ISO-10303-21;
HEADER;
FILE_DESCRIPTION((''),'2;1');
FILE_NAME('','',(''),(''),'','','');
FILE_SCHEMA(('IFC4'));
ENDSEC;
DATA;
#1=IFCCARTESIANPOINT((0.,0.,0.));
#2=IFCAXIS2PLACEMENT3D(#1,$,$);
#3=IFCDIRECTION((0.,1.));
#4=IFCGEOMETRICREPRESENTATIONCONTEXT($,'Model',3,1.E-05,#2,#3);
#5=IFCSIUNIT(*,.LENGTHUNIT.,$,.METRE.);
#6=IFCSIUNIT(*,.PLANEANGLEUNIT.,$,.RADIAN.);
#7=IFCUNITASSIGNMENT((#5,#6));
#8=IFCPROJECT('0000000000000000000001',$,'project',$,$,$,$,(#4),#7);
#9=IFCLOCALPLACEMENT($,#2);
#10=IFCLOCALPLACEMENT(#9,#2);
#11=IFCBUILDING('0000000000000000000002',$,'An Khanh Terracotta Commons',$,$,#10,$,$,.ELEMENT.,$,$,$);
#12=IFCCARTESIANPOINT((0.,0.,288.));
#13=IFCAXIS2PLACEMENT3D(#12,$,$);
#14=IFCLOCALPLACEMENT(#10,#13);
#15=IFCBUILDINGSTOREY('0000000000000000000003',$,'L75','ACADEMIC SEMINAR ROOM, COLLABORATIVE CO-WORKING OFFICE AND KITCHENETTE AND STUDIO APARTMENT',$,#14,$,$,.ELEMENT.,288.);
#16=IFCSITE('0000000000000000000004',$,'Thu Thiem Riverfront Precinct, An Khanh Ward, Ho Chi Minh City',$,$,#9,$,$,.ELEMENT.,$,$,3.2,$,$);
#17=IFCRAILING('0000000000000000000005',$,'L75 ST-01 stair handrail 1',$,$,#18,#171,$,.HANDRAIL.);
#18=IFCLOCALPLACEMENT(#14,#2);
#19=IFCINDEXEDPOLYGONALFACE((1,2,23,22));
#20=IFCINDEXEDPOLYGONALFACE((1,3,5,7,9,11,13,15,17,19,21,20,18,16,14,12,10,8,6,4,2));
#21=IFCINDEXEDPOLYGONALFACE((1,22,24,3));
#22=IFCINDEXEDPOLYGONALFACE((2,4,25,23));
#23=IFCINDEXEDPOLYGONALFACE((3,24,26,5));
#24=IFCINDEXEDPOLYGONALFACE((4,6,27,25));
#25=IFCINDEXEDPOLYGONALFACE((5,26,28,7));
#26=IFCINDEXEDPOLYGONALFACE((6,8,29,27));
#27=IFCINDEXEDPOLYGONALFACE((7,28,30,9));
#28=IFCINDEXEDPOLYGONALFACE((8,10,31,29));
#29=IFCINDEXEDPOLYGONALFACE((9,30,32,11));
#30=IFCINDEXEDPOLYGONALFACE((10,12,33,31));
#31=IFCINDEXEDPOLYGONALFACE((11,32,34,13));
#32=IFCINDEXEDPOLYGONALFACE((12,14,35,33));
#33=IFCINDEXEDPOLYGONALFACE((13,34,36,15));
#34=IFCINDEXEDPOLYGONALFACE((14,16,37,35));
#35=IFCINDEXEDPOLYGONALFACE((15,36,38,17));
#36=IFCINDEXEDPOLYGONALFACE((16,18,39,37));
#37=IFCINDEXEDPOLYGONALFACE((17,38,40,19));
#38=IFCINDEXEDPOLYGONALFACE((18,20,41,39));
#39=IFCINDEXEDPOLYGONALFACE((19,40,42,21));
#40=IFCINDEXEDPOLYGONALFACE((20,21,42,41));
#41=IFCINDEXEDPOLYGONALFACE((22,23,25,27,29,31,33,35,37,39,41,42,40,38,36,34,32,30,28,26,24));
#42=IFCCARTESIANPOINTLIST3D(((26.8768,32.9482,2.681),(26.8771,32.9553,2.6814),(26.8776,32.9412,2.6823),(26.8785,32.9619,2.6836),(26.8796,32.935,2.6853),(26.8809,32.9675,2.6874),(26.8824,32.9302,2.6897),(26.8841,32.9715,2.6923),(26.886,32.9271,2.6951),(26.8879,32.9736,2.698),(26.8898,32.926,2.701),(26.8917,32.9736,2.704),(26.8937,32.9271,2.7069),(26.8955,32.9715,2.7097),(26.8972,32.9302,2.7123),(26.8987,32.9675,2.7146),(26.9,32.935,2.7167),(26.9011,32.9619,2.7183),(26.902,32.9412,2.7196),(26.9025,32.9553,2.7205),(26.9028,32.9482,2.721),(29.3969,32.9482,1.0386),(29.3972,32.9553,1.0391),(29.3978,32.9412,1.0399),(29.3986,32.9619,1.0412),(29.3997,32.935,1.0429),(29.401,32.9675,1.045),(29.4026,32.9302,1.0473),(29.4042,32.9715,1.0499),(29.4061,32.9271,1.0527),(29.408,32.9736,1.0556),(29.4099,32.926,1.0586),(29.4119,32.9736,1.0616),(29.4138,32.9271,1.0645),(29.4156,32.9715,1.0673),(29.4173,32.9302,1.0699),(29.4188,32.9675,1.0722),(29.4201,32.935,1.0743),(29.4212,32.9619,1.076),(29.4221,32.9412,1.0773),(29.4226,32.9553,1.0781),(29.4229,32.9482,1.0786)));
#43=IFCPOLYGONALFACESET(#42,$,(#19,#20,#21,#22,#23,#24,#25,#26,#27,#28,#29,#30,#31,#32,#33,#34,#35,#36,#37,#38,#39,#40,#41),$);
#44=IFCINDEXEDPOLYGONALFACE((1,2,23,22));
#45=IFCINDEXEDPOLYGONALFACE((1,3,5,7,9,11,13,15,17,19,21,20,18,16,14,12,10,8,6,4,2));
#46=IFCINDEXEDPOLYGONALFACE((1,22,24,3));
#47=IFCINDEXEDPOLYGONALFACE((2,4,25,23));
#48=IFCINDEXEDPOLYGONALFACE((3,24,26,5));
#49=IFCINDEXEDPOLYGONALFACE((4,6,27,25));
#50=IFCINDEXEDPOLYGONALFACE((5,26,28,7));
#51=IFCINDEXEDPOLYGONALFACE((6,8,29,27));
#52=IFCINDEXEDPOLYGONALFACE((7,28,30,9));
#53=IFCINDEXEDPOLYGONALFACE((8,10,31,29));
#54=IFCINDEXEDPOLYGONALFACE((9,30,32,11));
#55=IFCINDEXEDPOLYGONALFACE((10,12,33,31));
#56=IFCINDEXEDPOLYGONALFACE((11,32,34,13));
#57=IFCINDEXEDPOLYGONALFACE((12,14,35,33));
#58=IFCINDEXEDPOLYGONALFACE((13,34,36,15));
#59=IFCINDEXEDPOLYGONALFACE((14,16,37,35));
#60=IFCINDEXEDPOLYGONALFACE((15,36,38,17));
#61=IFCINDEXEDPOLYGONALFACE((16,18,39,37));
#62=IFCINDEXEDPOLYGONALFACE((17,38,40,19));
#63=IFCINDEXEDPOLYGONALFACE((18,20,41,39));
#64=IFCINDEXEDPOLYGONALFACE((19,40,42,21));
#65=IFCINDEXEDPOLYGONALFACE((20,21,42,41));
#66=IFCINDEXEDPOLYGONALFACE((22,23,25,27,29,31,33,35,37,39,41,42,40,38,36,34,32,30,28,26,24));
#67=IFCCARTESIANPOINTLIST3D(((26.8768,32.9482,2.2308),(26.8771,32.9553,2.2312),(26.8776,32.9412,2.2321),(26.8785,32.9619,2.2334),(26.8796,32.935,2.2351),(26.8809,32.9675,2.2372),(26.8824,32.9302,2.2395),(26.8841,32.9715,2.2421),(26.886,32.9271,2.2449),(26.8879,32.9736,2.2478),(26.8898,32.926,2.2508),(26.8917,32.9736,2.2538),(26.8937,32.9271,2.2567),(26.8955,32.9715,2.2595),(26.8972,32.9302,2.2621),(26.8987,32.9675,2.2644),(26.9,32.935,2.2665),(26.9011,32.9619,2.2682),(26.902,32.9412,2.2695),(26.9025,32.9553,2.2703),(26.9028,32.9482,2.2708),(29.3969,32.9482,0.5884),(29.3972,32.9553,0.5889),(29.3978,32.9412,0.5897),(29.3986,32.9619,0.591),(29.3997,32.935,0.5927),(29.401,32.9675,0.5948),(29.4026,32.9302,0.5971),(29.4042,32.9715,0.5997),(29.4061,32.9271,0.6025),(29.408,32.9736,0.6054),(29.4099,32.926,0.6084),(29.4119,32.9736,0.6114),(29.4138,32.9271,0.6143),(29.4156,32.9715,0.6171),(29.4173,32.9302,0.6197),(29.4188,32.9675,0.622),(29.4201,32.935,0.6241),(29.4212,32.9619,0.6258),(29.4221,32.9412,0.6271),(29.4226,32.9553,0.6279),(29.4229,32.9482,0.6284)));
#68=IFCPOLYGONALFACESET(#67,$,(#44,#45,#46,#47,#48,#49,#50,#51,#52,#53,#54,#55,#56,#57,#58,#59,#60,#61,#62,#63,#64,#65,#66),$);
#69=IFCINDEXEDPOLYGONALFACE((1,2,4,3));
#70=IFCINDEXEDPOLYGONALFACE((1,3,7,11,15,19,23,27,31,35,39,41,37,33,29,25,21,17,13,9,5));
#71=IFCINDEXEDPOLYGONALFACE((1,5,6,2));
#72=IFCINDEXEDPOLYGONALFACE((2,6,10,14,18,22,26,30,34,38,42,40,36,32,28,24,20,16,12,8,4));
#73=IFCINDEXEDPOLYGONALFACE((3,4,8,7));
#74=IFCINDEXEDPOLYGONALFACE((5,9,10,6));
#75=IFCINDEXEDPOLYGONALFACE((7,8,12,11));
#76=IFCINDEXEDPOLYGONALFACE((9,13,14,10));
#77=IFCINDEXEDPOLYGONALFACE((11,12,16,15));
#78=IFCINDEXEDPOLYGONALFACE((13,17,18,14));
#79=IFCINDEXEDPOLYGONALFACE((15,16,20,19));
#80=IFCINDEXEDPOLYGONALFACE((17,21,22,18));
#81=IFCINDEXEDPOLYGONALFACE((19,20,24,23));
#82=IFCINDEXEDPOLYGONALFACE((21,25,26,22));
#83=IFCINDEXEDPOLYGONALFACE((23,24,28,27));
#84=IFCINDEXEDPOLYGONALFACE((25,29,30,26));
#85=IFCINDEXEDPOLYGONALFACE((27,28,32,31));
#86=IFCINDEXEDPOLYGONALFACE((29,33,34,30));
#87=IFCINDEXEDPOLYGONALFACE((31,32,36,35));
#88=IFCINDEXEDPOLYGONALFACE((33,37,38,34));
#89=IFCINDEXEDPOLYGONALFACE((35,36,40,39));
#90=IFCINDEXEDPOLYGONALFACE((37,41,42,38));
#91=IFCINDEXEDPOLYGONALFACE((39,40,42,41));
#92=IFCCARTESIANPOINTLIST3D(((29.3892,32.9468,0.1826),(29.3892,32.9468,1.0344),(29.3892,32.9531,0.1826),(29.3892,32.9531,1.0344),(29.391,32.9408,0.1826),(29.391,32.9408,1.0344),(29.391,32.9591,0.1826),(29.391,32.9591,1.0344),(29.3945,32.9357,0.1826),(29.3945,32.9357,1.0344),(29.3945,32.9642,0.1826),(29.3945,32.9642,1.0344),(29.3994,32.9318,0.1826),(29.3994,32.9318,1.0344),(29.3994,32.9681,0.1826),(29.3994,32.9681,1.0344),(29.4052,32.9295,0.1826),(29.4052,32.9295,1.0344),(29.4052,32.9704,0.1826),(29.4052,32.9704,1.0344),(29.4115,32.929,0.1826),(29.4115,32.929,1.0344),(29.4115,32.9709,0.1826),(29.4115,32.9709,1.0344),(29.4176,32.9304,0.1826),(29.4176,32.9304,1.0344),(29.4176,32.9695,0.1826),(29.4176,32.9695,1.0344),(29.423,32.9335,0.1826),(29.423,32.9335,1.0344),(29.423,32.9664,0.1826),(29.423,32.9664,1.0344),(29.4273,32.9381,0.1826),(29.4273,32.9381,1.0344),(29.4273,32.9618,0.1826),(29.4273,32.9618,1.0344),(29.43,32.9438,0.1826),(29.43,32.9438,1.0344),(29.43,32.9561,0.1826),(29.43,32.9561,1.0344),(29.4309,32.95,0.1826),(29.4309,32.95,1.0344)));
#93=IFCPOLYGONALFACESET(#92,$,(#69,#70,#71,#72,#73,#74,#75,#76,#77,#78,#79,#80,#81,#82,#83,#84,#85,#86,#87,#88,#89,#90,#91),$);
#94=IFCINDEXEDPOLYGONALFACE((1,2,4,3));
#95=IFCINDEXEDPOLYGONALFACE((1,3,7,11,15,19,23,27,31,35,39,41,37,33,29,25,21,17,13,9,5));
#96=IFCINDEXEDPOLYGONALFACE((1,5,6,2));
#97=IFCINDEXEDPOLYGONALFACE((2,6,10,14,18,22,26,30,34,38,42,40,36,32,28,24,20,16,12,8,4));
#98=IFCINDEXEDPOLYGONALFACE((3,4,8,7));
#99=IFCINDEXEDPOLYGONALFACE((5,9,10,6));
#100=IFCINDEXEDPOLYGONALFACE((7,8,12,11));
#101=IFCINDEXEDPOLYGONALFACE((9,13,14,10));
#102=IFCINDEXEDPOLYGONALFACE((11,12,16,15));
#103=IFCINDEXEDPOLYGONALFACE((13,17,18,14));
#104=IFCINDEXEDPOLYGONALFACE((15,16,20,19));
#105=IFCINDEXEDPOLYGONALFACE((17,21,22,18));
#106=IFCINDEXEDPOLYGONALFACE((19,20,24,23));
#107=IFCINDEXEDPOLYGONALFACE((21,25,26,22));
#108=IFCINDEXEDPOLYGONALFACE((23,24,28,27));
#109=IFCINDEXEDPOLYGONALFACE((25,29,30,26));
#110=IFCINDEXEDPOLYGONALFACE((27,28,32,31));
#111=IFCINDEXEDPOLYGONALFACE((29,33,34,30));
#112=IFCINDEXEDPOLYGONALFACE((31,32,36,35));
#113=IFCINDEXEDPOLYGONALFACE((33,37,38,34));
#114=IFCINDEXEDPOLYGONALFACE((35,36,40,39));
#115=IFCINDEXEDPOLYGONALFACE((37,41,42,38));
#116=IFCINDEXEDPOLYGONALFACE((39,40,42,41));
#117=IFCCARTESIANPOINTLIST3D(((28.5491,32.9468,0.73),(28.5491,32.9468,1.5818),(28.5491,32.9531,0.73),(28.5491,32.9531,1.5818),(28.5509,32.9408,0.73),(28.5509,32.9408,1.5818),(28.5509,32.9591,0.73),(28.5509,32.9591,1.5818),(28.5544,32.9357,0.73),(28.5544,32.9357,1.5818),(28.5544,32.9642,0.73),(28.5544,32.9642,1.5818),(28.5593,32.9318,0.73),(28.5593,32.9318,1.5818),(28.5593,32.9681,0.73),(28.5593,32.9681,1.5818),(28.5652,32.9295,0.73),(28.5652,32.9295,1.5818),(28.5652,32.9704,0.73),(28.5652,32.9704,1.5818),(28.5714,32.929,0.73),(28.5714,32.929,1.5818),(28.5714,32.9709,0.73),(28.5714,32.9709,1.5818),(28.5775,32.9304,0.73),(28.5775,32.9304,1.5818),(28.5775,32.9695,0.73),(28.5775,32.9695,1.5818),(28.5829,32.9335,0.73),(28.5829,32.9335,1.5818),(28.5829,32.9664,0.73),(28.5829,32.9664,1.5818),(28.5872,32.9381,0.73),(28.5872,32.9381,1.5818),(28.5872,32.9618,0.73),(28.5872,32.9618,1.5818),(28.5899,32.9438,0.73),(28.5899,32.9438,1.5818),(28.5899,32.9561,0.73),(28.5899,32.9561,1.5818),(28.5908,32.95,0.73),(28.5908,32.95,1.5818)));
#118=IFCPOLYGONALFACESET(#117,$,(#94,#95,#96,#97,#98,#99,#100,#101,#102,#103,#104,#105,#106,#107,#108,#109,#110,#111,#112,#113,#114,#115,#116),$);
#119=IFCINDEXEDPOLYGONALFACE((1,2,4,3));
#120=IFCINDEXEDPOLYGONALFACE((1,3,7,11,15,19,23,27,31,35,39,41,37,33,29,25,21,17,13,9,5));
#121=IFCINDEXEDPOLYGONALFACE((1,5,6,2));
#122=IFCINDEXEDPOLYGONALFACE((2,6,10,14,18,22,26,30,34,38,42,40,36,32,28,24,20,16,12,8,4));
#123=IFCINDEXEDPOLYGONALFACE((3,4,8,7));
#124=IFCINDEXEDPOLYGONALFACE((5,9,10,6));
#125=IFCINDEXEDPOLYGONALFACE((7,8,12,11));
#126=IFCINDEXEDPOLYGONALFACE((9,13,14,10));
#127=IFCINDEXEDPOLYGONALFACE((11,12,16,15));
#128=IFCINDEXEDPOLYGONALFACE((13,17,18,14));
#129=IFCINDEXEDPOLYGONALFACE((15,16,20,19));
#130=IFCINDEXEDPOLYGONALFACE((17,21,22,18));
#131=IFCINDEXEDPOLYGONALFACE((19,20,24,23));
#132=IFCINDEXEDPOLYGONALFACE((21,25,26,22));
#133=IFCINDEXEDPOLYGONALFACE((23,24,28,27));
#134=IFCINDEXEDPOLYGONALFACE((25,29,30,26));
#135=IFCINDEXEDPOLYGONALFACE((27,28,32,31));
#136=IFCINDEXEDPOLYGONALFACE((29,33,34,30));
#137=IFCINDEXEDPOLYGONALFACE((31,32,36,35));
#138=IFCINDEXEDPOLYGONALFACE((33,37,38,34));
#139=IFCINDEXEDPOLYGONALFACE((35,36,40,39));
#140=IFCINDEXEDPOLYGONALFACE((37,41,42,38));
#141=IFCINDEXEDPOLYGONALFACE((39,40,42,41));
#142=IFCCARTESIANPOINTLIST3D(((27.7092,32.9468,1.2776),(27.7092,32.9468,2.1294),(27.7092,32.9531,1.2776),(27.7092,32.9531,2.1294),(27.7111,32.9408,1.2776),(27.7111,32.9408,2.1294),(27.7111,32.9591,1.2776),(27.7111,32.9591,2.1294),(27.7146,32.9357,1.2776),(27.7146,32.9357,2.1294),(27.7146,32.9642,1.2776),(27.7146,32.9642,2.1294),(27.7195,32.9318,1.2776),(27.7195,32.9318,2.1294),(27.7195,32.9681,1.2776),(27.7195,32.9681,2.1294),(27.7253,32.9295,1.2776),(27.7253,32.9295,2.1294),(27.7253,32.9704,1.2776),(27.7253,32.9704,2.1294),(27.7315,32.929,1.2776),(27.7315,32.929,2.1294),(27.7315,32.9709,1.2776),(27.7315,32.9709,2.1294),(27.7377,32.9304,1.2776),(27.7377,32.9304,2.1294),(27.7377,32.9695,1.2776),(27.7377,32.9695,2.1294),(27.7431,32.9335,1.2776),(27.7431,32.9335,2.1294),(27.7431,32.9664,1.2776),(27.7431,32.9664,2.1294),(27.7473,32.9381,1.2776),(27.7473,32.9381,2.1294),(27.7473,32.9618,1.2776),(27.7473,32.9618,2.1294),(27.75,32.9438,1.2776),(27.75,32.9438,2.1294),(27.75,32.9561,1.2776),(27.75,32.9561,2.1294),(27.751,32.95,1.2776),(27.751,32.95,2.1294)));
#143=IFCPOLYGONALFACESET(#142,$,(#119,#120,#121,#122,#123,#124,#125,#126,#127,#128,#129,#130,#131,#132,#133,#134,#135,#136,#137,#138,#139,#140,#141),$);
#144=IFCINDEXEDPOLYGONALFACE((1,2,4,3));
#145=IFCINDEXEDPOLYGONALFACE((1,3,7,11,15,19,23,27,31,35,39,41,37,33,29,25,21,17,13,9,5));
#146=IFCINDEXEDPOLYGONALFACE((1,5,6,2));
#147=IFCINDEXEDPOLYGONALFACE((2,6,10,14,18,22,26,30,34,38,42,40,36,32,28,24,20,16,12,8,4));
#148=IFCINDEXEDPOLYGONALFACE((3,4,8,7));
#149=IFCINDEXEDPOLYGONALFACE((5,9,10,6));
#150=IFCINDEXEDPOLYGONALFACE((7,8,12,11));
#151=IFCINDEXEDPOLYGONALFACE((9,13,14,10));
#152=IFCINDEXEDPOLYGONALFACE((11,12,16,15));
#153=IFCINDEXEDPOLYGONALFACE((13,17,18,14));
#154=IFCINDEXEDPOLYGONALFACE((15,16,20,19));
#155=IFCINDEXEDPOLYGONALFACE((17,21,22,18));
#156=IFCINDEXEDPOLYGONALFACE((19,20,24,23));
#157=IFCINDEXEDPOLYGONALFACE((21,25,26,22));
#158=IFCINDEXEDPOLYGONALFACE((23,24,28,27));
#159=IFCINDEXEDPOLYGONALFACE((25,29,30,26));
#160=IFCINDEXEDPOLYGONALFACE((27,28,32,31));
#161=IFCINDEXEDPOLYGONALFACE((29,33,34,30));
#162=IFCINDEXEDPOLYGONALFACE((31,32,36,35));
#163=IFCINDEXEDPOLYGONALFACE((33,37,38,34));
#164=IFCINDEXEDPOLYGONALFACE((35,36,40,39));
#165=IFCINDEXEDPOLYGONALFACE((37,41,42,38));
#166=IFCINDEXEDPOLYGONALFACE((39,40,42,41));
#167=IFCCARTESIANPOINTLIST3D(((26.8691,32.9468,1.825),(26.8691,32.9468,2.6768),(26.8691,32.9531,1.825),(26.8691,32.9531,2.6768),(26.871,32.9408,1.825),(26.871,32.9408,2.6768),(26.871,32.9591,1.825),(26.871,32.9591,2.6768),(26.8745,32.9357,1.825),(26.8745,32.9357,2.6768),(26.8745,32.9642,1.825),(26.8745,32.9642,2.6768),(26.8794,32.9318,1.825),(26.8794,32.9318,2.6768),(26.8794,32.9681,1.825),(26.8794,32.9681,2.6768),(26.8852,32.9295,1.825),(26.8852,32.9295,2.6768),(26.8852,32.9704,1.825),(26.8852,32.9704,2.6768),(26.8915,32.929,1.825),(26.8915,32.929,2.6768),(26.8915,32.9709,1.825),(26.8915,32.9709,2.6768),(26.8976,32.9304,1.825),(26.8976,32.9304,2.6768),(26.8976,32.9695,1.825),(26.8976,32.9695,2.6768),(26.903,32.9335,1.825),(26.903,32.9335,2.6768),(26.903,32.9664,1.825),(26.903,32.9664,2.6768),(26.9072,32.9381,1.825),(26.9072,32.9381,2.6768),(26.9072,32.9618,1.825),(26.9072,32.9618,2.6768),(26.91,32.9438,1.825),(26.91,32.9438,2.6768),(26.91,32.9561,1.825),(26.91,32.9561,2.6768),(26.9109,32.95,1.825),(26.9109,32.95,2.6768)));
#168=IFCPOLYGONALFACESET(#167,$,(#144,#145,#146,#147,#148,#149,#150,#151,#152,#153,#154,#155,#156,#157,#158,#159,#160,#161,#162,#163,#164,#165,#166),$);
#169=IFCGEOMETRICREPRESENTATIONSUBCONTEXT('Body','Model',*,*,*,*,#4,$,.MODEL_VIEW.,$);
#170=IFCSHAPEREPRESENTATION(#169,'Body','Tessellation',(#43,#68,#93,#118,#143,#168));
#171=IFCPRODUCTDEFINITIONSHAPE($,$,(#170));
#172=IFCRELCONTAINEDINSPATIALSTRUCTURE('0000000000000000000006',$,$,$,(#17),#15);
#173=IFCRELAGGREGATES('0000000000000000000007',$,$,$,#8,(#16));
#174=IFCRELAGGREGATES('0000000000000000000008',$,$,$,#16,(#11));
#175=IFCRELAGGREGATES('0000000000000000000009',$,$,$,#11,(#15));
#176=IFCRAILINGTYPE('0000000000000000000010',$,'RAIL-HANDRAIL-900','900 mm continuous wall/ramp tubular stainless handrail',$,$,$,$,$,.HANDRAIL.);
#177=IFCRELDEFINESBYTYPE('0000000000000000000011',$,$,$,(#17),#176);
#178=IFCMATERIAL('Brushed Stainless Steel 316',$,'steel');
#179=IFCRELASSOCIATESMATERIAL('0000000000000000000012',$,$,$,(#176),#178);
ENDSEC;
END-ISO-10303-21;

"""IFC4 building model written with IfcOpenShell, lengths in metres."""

from ifc_helpers import new_model, si_unit, direction, frame, origin, origin_2d, place, context, subcontext, project, spatial, circle, extrude, material, type_object, element, save


model = new_model("IFC4")

# Units and contexts
model_context = context("Model", 3, precision=1e-05, world=origin(), true_north=direction((0.0, 1.0)))
body_context = subcontext(model_context, "Body", "Model", "MODEL_VIEW")
ifc_project = project(units=[si_unit("LENGTHUNIT", "METRE"), si_unit("PLANEANGLEUNIT", "RADIAN")], contexts=[model_context])

# Site, building, storey
site_placement = place(None, origin())
site = spatial("IfcSite", under=ifc_project, at=site_placement, Name="Thu Thiem Riverfront Precinct, An Khanh Ward, Ho Chi Minh City", CompositionType="ELEMENT", RefElevation=3.2)
building_placement = place(site_placement, origin())
building = spatial("IfcBuilding", under=site, at=building_placement, Name="An Khanh Terracotta Commons", CompositionType="ELEMENT")
storey_placement = place(building_placement, frame((0.0, 0.0, 288.0)))
storey = spatial("IfcBuildingStorey", under=building, at=storey_placement, Name="L75", Description="ACADEMIC SEMINAR ROOM, COLLABORATIVE CO-WORKING OFFICE AND KITCHENETTE AND STUDIO APARTMENT", CompositionType="ELEMENT", Elevation=288.0)

# Railing
ifc_material_1 = material(Name="Brushed Stainless Steel 316", Category="steel")
railing_type_1 = type_object("IfcRailingType", Name="RAIL-HANDRAIL-900", Description="900 mm continuous wall/ramp tubular stainless handrail", PredefinedType="HANDRAIL", material=ifc_material_1)
railing_1_placement = place(storey_placement, frame((29.4099, 32.95, 0.1826)))
element("IfcRailing", 1, at=railing_1_placement, inside=storey, type_object=railing_type_1, Name="L75 ST-01 stair handrail 1", PredefinedType="HANDRAIL", context=body_context, shape_type="SweptSolid", body=[
    extrude(circle(Radius=0.0239, at=origin_2d()), frame((0.0, 0.0, 0.876), z_axis=(-0.837787, 0.0, 0.545998), x_axis=(0.0, -1.0, 0.0)), (0.0, 0.0, 1.0), 3.0081),
    extrude(circle(Radius=0.0239, at=origin_2d()), frame((0.0, 0.0, 0.4258), z_axis=(-0.837787, 0.0, 0.545998), x_axis=(0.0, -1.0, 0.0)), (0.0, 0.0, 1.0), 3.0081),
    extrude(circle(Radius=0.021, at=origin_2d()), origin(), (0.0, 0.0, 1.0), 0.8518),
    extrude(circle(Radius=0.021, at=origin_2d()), frame((-0.8401, 0.0, 0.5474)), (0.0, 0.0, 1.0), 0.8518),
    extrude(circle(Radius=0.021, at=origin_2d()), frame((-1.6799, 0.0, 1.095)), (0.0, 0.0, 1.0), 0.8518),
    extrude(circle(Radius=0.021, at=origin_2d()), frame((-2.52, 0.0, 1.6423)), (0.0, 0.0, 1.0), 0.8518),
])

save(model, "model.ifc")
